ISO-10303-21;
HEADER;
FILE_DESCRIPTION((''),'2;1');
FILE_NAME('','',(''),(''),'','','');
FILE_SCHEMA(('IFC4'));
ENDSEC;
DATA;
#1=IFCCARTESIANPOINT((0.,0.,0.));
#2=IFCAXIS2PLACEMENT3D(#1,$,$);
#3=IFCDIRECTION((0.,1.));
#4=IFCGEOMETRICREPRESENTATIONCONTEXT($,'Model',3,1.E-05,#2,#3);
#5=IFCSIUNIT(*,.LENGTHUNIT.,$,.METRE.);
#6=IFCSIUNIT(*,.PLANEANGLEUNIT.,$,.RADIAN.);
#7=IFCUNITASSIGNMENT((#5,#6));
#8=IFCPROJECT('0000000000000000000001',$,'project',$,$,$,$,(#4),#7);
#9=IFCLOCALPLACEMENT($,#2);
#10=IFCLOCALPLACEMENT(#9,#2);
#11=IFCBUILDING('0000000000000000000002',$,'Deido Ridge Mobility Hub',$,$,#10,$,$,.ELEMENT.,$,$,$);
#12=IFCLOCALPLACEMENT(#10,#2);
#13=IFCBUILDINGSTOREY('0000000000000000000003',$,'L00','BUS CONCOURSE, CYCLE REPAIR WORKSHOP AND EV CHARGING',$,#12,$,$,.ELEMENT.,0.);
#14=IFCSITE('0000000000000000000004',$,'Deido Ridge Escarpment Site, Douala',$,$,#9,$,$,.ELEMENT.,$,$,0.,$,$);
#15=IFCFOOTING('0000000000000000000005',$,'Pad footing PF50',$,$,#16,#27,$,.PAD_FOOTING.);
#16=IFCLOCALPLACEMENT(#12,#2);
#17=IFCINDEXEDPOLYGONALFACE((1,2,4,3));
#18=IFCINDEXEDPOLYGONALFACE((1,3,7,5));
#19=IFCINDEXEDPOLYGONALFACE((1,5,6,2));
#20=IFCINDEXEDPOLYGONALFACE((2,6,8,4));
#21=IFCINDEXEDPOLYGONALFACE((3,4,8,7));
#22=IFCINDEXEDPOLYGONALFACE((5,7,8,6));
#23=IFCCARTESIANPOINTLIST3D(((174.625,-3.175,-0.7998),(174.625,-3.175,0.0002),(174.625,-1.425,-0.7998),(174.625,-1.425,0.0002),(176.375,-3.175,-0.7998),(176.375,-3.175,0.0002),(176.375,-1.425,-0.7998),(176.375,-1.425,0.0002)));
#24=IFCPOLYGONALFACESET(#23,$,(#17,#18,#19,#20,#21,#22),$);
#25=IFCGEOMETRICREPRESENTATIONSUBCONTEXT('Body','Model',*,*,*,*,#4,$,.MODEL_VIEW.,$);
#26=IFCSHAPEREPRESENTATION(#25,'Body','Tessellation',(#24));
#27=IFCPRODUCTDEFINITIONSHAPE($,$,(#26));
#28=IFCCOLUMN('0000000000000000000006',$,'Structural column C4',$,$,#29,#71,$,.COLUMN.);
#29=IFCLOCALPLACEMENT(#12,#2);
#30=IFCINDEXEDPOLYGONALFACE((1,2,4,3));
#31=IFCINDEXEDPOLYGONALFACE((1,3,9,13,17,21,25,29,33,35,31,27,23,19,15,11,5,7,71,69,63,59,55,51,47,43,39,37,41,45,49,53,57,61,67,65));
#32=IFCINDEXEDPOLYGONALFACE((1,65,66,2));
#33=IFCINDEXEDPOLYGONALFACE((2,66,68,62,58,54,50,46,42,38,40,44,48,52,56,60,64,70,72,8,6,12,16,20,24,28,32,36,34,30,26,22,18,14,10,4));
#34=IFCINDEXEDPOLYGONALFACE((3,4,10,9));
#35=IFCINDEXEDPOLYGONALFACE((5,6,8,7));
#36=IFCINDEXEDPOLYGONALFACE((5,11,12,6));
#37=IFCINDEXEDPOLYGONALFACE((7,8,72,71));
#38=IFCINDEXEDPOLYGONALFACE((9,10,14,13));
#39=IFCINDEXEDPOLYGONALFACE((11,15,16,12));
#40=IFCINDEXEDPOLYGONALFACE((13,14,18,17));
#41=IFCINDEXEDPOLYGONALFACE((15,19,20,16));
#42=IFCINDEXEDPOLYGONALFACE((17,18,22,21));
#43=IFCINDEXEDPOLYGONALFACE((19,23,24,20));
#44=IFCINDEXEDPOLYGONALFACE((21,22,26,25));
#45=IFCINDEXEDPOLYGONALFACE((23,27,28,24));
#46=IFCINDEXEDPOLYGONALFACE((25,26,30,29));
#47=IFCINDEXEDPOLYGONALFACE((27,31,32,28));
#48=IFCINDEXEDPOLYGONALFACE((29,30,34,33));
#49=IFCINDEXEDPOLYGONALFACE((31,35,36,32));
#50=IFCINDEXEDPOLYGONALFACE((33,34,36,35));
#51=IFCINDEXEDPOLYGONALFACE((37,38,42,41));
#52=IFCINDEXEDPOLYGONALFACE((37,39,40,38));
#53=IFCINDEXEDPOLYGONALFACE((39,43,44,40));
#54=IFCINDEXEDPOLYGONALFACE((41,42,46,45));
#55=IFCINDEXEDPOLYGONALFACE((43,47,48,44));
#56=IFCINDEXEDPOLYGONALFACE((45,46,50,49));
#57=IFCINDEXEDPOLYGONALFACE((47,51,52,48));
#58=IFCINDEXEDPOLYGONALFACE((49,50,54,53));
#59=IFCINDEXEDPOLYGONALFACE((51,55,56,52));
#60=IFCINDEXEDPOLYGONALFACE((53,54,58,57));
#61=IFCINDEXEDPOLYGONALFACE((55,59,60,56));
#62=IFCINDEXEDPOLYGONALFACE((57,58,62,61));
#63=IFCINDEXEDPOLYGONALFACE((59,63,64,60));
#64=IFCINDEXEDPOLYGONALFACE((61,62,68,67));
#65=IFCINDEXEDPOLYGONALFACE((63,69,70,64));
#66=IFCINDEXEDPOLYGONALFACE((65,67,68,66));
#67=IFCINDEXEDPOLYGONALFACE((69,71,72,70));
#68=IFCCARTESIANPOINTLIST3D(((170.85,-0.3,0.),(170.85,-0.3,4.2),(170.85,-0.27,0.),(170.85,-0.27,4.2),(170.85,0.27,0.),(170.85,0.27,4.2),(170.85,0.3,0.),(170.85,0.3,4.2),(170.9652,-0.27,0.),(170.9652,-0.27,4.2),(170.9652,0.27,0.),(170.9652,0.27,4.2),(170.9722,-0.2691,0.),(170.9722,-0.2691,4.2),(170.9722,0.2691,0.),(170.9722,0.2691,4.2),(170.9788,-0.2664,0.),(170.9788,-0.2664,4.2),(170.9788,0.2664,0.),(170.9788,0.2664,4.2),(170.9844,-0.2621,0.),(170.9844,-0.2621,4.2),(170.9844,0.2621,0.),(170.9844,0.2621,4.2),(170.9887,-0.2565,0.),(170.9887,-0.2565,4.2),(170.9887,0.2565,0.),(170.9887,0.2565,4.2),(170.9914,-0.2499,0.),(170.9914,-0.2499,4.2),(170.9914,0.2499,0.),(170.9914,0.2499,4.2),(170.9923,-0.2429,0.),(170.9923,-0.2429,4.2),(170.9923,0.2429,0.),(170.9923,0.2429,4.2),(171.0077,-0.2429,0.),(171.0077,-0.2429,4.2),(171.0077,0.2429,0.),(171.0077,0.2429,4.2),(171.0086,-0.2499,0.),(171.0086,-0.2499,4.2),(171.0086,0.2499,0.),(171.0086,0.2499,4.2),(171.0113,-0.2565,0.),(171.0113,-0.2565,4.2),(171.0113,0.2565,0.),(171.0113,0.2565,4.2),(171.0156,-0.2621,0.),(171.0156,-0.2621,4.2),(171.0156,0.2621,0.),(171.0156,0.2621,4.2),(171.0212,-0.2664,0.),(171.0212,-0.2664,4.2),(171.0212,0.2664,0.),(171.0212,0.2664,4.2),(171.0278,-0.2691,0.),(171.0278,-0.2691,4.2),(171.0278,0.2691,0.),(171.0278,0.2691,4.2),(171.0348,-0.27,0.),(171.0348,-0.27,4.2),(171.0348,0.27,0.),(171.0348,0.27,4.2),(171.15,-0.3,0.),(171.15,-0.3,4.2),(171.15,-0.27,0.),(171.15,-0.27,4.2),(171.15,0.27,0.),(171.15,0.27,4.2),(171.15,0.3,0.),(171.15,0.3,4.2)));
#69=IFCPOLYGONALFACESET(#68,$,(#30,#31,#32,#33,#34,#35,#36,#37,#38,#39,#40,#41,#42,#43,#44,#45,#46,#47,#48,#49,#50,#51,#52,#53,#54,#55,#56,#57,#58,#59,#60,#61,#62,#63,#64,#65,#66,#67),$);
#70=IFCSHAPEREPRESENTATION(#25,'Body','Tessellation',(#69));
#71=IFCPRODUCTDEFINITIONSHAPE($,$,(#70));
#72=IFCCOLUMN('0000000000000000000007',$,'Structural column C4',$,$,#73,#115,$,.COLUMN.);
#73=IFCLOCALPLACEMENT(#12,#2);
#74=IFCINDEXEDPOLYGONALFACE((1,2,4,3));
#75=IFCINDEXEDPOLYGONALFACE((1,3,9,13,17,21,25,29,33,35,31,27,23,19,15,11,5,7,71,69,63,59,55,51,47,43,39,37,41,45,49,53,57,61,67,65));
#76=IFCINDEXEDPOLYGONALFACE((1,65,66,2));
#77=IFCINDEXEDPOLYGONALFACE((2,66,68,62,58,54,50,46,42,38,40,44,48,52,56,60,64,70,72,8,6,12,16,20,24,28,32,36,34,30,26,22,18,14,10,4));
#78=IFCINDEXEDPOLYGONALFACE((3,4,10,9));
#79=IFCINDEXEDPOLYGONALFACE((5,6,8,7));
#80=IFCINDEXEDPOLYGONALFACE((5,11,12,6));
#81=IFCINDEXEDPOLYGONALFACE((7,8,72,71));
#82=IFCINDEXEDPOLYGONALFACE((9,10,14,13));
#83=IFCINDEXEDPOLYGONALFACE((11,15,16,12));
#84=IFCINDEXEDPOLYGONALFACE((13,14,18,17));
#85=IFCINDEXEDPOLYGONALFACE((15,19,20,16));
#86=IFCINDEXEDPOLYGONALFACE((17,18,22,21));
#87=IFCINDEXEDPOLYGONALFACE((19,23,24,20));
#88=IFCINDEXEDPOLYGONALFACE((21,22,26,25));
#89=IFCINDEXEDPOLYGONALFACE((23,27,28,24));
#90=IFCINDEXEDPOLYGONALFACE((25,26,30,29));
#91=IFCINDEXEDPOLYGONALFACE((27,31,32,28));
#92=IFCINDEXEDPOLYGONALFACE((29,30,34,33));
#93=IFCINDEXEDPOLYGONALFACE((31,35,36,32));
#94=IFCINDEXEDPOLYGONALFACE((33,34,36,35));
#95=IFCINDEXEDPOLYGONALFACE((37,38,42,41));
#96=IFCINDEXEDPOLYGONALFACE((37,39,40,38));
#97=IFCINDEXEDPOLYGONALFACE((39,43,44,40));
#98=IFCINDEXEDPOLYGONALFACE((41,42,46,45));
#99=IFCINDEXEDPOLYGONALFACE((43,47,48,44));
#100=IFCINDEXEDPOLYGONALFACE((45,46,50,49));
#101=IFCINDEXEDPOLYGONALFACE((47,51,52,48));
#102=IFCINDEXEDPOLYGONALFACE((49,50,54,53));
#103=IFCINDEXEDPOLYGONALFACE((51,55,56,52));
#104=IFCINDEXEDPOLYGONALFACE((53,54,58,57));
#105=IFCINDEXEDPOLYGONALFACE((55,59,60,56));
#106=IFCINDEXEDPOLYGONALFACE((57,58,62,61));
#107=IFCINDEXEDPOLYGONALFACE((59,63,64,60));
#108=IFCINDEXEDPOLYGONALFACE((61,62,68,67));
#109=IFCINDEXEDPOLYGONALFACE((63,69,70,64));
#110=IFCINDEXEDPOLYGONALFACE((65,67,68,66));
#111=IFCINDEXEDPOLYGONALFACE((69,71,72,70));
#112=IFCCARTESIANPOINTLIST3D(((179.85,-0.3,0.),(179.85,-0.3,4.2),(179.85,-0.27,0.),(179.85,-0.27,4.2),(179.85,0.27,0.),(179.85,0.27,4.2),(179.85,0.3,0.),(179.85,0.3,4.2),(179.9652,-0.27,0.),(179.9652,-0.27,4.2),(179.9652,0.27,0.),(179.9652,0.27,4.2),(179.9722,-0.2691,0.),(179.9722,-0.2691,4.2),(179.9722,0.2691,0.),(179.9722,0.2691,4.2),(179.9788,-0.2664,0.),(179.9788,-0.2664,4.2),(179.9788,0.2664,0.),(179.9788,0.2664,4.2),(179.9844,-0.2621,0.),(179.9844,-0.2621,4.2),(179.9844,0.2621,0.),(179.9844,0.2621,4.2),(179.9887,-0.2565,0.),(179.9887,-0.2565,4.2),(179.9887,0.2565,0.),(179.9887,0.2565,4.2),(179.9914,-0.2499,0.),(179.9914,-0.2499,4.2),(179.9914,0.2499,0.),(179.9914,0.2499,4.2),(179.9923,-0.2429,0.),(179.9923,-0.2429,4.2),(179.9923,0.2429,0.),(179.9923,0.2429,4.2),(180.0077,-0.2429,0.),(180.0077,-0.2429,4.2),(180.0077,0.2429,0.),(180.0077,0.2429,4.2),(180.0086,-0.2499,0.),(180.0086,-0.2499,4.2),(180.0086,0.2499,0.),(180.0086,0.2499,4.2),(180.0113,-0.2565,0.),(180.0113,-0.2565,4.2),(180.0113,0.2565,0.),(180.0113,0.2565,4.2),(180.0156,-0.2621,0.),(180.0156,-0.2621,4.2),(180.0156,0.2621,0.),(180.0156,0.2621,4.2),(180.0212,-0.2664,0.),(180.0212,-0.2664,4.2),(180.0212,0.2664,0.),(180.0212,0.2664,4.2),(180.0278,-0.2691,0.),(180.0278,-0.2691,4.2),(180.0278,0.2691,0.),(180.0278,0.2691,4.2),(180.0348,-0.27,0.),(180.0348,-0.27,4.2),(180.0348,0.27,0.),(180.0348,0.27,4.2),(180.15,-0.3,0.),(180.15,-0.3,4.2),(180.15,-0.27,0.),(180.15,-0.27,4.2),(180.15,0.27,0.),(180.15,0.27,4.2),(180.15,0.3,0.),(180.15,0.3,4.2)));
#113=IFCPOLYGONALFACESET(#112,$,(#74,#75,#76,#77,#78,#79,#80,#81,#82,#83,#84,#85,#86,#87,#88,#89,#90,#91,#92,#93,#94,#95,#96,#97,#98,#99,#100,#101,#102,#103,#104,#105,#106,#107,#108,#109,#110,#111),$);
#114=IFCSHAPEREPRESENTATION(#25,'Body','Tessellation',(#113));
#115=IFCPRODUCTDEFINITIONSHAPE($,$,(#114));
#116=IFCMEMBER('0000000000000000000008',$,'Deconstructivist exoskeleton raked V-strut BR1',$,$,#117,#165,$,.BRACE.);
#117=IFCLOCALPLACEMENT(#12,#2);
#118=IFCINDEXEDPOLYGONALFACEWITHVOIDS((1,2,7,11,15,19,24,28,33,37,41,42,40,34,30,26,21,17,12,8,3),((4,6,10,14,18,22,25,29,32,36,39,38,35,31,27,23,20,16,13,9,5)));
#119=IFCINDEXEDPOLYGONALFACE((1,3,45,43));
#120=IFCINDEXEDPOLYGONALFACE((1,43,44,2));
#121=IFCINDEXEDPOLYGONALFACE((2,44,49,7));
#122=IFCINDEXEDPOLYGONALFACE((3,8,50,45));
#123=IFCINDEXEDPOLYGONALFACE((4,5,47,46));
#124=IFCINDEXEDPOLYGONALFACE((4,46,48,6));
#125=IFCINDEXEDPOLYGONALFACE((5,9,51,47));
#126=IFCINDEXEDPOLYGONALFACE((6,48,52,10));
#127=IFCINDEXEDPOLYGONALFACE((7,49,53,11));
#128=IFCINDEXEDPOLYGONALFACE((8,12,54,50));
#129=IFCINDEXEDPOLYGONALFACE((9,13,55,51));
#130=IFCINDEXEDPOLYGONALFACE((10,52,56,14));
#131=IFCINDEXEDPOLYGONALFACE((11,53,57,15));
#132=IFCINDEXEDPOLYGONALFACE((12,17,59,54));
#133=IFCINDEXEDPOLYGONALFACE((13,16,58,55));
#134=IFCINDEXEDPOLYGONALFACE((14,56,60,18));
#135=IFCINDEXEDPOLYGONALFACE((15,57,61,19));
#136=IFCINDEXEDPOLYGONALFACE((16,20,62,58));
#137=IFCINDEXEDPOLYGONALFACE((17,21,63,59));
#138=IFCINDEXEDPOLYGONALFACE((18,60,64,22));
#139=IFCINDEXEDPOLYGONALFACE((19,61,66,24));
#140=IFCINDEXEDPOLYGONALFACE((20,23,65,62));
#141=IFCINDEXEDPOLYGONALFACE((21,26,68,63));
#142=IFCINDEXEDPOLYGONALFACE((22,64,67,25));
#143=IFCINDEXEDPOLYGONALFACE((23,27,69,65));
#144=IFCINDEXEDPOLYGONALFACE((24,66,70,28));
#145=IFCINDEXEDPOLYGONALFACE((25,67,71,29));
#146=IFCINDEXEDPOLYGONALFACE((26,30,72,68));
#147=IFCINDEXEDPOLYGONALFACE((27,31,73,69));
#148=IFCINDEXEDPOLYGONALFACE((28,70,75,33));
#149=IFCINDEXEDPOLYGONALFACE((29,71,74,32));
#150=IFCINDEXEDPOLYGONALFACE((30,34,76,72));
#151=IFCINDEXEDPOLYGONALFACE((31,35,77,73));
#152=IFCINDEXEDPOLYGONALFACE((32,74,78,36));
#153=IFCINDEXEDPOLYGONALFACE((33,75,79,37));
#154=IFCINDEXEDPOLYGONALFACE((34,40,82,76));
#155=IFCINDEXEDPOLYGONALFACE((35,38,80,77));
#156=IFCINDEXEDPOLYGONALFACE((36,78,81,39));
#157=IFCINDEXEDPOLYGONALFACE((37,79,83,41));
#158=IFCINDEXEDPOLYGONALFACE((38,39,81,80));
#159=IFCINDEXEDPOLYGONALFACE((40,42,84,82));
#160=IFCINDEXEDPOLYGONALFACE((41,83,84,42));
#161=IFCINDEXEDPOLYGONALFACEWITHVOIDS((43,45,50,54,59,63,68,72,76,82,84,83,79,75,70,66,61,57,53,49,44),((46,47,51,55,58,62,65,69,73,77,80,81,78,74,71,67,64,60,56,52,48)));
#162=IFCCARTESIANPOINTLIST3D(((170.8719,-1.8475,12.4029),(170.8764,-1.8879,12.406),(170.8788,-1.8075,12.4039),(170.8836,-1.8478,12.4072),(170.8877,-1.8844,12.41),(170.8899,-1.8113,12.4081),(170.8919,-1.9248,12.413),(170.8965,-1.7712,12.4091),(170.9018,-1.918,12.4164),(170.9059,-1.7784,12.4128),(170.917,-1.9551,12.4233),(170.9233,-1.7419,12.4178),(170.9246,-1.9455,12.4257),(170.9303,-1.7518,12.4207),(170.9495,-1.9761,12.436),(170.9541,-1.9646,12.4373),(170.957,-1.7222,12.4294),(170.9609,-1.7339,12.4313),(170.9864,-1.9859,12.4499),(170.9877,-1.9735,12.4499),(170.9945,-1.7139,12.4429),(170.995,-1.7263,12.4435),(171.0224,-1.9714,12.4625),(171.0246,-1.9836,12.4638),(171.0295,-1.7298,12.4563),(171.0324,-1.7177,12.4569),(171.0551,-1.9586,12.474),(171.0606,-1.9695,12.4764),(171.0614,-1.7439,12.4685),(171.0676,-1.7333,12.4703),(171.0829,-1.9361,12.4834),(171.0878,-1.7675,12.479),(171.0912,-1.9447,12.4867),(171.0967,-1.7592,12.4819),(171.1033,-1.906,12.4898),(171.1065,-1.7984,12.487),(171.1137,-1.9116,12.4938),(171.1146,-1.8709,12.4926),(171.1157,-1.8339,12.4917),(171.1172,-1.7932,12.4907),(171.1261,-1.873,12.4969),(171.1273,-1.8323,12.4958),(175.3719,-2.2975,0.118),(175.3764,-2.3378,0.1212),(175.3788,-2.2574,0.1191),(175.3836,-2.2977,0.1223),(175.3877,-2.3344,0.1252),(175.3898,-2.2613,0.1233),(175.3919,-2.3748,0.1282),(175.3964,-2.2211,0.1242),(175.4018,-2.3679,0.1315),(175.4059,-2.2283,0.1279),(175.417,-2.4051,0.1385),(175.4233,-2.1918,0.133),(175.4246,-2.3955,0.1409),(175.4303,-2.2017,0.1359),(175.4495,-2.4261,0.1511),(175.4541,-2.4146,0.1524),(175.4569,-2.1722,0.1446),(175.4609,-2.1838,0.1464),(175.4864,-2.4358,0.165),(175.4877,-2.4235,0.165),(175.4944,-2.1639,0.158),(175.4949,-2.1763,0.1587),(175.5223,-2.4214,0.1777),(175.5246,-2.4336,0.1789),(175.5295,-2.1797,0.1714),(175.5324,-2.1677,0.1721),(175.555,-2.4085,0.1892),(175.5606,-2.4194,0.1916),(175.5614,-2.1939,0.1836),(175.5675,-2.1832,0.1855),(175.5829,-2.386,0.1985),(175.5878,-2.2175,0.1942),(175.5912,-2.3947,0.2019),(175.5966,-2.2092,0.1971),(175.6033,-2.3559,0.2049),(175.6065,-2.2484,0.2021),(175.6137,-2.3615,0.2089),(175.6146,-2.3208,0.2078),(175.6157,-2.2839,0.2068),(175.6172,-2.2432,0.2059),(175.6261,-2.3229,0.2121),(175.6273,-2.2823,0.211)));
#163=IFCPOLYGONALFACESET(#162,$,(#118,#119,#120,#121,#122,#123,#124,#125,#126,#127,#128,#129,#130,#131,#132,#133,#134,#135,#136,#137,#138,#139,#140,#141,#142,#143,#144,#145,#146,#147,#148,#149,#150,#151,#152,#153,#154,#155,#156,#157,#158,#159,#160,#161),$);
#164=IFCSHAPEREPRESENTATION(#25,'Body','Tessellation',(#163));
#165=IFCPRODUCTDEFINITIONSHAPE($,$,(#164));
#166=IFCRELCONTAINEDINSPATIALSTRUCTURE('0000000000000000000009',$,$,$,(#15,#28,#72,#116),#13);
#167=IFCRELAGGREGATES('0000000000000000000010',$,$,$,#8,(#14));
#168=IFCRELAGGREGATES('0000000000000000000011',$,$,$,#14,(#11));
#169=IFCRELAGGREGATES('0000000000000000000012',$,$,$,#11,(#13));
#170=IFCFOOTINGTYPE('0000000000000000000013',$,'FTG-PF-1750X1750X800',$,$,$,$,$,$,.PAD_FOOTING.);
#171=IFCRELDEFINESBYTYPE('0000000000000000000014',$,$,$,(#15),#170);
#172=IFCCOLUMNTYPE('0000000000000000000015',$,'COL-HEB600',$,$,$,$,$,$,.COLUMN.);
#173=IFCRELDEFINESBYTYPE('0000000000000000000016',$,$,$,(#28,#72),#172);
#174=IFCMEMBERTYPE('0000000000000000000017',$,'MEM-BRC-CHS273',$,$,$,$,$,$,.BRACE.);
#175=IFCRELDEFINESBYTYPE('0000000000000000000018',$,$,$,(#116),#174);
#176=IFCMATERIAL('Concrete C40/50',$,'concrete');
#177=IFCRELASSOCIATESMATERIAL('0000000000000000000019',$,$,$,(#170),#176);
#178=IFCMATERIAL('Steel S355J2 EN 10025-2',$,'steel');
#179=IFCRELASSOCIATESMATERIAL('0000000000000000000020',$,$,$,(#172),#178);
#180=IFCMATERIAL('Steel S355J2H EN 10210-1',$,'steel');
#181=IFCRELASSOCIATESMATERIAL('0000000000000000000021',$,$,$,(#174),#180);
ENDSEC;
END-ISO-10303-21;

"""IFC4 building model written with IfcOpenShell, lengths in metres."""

from ifc_helpers import new_model, si_unit, direction, frame, origin, origin_2d, place, context, subcontext, project, spatial, rectangle, hollow_circle, i_section, extrude, material, material_profile, profile_set, type_object, element, save


model = new_model("IFC4")

# Units and contexts
model_context = context("Model", 3, precision=1e-05, world=origin(), true_north=direction((0.0, 1.0)))
body_context = subcontext(model_context, "Body", "Model", "MODEL_VIEW")
ifc_project = project(units=[si_unit("LENGTHUNIT", "METRE"), si_unit("PLANEANGLEUNIT", "RADIAN")], contexts=[model_context])

# Site, building, storey
site_placement = place(None, origin())
site = spatial("IfcSite", under=ifc_project, at=site_placement, Name="Deido Ridge Escarpment Site, Douala", CompositionType="ELEMENT", RefElevation=0.0)
building_placement = place(site_placement, origin())
building = spatial("IfcBuilding", under=site, at=building_placement, Name="Deido Ridge Mobility Hub", CompositionType="ELEMENT")
storey_placement = place(building_placement, origin())
storey = spatial("IfcBuildingStorey", under=building, at=storey_placement, Name="L00", Description="BUS CONCOURSE, CYCLE REPAIR WORKSHOP AND EV CHARGING", CompositionType="ELEMENT", Elevation=0.0)

# Footing
ifc_material_1 = material(Name="Concrete C40/50", Category="concrete")
footing_type = type_object("IfcFootingType", Name="FTG-PF-1750X1750X800", PredefinedType="PAD_FOOTING", material=ifc_material_1)
footing_placement = place(storey_placement, frame((175.5, -2.3, -0.7998), z_axis=(0.0, 0.0, 1.0), x_axis=(1.0, 0.0, 0.0)))
element("IfcFooting", 1, at=footing_placement, inside=storey, type_object=footing_type, Name="Pad footing PF50", PredefinedType="PAD_FOOTING", context=body_context, shape_type="SweptSolid", body=[
    extrude(rectangle(XDim=1.75, YDim=1.75, at=origin_2d()), origin(), (0.0, 0.0, 1.0), 0.8),
])

# Columns
ifc_material_2 = material(Name="Steel S355J2 EN 10025-2", Category="steel")
ifc_material_profile_1 = material_profile(ifc_material_2, i_section(OverallWidth=0.3, OverallDepth=0.6001, WebThickness=0.0154, FlangeThickness=0.03, FilletRadius=0.0271, at=origin_2d()), Name="HEB 600")
ifc_profile_set_1 = profile_set([ifc_material_profile_1], Name="Steel S355J2 EN 10025-2")
column_type = type_object("IfcColumnType", Name="COL-HEB600", PredefinedType="COLUMN", material=ifc_profile_set_1)
for number, where, z_axis, x_axis, name in (
    (2, (171.0, 0.0, 0.0), (0.0, 0.0, 1.0), (1.0, 0.0, 0.0), "Structural column C4"),
    (3, (180.0, 0.0, 0.0), (0.0, 0.0, 1.0), (1.0, 0.0, 0.0), "Structural column C4"),
):
    element("IfcColumn", number, at=place(storey_placement, frame(where, z_axis=z_axis, x_axis=x_axis)), inside=storey, type_object=column_type, Name=name, PredefinedType="COLUMN", context=body_context, shape_type="SweptSolid", body=[
        extrude(i_section(OverallWidth=0.3, OverallDepth=0.6001, WebThickness=0.0154, FlangeThickness=0.03, FilletRadius=0.0271, at=origin_2d()), origin(), (0.0, 0.0, 1.0), 4.2),
    ])

# Member
ifc_material_3 = material(Name="Steel S355J2H EN 10210-1", Category="steel")
ifc_material_profile_2 = material_profile(ifc_material_3, hollow_circle(Radius=0.1365, WallThickness=0.0125, at=origin_2d()), Name="CHS 273x12.5")
ifc_profile_set_2 = profile_set([ifc_material_profile_2], Name="Steel S355J2H EN 10210-1")
member_type_1 = type_object("IfcMemberType", Name="MEM-BRC-CHS273", PredefinedType="BRACE", material=ifc_profile_set_2)
for number, where, z_axis, x_axis, name in (
    (4, (175.5, -2.3, 0.165), (-0.34375, 0.034371, 0.938432), (-0.099493, -0.995038, 0.0), "Deconstructivist exoskeleton raked V-strut BR1"),
):
    element("IfcMember", number, at=place(storey_placement, frame(where, z_axis=z_axis, x_axis=x_axis)), inside=storey, type_object=member_type_1, Name=name, PredefinedType="BRACE", context=body_context, shape_type="SweptSolid", body=[
        extrude(hollow_circle(Radius=0.1365, WallThickness=0.0125, at=origin_2d()), origin(), (0.0, 0.0, 1.0), 13.0908),
    ])

save(model, "model.ifc")
